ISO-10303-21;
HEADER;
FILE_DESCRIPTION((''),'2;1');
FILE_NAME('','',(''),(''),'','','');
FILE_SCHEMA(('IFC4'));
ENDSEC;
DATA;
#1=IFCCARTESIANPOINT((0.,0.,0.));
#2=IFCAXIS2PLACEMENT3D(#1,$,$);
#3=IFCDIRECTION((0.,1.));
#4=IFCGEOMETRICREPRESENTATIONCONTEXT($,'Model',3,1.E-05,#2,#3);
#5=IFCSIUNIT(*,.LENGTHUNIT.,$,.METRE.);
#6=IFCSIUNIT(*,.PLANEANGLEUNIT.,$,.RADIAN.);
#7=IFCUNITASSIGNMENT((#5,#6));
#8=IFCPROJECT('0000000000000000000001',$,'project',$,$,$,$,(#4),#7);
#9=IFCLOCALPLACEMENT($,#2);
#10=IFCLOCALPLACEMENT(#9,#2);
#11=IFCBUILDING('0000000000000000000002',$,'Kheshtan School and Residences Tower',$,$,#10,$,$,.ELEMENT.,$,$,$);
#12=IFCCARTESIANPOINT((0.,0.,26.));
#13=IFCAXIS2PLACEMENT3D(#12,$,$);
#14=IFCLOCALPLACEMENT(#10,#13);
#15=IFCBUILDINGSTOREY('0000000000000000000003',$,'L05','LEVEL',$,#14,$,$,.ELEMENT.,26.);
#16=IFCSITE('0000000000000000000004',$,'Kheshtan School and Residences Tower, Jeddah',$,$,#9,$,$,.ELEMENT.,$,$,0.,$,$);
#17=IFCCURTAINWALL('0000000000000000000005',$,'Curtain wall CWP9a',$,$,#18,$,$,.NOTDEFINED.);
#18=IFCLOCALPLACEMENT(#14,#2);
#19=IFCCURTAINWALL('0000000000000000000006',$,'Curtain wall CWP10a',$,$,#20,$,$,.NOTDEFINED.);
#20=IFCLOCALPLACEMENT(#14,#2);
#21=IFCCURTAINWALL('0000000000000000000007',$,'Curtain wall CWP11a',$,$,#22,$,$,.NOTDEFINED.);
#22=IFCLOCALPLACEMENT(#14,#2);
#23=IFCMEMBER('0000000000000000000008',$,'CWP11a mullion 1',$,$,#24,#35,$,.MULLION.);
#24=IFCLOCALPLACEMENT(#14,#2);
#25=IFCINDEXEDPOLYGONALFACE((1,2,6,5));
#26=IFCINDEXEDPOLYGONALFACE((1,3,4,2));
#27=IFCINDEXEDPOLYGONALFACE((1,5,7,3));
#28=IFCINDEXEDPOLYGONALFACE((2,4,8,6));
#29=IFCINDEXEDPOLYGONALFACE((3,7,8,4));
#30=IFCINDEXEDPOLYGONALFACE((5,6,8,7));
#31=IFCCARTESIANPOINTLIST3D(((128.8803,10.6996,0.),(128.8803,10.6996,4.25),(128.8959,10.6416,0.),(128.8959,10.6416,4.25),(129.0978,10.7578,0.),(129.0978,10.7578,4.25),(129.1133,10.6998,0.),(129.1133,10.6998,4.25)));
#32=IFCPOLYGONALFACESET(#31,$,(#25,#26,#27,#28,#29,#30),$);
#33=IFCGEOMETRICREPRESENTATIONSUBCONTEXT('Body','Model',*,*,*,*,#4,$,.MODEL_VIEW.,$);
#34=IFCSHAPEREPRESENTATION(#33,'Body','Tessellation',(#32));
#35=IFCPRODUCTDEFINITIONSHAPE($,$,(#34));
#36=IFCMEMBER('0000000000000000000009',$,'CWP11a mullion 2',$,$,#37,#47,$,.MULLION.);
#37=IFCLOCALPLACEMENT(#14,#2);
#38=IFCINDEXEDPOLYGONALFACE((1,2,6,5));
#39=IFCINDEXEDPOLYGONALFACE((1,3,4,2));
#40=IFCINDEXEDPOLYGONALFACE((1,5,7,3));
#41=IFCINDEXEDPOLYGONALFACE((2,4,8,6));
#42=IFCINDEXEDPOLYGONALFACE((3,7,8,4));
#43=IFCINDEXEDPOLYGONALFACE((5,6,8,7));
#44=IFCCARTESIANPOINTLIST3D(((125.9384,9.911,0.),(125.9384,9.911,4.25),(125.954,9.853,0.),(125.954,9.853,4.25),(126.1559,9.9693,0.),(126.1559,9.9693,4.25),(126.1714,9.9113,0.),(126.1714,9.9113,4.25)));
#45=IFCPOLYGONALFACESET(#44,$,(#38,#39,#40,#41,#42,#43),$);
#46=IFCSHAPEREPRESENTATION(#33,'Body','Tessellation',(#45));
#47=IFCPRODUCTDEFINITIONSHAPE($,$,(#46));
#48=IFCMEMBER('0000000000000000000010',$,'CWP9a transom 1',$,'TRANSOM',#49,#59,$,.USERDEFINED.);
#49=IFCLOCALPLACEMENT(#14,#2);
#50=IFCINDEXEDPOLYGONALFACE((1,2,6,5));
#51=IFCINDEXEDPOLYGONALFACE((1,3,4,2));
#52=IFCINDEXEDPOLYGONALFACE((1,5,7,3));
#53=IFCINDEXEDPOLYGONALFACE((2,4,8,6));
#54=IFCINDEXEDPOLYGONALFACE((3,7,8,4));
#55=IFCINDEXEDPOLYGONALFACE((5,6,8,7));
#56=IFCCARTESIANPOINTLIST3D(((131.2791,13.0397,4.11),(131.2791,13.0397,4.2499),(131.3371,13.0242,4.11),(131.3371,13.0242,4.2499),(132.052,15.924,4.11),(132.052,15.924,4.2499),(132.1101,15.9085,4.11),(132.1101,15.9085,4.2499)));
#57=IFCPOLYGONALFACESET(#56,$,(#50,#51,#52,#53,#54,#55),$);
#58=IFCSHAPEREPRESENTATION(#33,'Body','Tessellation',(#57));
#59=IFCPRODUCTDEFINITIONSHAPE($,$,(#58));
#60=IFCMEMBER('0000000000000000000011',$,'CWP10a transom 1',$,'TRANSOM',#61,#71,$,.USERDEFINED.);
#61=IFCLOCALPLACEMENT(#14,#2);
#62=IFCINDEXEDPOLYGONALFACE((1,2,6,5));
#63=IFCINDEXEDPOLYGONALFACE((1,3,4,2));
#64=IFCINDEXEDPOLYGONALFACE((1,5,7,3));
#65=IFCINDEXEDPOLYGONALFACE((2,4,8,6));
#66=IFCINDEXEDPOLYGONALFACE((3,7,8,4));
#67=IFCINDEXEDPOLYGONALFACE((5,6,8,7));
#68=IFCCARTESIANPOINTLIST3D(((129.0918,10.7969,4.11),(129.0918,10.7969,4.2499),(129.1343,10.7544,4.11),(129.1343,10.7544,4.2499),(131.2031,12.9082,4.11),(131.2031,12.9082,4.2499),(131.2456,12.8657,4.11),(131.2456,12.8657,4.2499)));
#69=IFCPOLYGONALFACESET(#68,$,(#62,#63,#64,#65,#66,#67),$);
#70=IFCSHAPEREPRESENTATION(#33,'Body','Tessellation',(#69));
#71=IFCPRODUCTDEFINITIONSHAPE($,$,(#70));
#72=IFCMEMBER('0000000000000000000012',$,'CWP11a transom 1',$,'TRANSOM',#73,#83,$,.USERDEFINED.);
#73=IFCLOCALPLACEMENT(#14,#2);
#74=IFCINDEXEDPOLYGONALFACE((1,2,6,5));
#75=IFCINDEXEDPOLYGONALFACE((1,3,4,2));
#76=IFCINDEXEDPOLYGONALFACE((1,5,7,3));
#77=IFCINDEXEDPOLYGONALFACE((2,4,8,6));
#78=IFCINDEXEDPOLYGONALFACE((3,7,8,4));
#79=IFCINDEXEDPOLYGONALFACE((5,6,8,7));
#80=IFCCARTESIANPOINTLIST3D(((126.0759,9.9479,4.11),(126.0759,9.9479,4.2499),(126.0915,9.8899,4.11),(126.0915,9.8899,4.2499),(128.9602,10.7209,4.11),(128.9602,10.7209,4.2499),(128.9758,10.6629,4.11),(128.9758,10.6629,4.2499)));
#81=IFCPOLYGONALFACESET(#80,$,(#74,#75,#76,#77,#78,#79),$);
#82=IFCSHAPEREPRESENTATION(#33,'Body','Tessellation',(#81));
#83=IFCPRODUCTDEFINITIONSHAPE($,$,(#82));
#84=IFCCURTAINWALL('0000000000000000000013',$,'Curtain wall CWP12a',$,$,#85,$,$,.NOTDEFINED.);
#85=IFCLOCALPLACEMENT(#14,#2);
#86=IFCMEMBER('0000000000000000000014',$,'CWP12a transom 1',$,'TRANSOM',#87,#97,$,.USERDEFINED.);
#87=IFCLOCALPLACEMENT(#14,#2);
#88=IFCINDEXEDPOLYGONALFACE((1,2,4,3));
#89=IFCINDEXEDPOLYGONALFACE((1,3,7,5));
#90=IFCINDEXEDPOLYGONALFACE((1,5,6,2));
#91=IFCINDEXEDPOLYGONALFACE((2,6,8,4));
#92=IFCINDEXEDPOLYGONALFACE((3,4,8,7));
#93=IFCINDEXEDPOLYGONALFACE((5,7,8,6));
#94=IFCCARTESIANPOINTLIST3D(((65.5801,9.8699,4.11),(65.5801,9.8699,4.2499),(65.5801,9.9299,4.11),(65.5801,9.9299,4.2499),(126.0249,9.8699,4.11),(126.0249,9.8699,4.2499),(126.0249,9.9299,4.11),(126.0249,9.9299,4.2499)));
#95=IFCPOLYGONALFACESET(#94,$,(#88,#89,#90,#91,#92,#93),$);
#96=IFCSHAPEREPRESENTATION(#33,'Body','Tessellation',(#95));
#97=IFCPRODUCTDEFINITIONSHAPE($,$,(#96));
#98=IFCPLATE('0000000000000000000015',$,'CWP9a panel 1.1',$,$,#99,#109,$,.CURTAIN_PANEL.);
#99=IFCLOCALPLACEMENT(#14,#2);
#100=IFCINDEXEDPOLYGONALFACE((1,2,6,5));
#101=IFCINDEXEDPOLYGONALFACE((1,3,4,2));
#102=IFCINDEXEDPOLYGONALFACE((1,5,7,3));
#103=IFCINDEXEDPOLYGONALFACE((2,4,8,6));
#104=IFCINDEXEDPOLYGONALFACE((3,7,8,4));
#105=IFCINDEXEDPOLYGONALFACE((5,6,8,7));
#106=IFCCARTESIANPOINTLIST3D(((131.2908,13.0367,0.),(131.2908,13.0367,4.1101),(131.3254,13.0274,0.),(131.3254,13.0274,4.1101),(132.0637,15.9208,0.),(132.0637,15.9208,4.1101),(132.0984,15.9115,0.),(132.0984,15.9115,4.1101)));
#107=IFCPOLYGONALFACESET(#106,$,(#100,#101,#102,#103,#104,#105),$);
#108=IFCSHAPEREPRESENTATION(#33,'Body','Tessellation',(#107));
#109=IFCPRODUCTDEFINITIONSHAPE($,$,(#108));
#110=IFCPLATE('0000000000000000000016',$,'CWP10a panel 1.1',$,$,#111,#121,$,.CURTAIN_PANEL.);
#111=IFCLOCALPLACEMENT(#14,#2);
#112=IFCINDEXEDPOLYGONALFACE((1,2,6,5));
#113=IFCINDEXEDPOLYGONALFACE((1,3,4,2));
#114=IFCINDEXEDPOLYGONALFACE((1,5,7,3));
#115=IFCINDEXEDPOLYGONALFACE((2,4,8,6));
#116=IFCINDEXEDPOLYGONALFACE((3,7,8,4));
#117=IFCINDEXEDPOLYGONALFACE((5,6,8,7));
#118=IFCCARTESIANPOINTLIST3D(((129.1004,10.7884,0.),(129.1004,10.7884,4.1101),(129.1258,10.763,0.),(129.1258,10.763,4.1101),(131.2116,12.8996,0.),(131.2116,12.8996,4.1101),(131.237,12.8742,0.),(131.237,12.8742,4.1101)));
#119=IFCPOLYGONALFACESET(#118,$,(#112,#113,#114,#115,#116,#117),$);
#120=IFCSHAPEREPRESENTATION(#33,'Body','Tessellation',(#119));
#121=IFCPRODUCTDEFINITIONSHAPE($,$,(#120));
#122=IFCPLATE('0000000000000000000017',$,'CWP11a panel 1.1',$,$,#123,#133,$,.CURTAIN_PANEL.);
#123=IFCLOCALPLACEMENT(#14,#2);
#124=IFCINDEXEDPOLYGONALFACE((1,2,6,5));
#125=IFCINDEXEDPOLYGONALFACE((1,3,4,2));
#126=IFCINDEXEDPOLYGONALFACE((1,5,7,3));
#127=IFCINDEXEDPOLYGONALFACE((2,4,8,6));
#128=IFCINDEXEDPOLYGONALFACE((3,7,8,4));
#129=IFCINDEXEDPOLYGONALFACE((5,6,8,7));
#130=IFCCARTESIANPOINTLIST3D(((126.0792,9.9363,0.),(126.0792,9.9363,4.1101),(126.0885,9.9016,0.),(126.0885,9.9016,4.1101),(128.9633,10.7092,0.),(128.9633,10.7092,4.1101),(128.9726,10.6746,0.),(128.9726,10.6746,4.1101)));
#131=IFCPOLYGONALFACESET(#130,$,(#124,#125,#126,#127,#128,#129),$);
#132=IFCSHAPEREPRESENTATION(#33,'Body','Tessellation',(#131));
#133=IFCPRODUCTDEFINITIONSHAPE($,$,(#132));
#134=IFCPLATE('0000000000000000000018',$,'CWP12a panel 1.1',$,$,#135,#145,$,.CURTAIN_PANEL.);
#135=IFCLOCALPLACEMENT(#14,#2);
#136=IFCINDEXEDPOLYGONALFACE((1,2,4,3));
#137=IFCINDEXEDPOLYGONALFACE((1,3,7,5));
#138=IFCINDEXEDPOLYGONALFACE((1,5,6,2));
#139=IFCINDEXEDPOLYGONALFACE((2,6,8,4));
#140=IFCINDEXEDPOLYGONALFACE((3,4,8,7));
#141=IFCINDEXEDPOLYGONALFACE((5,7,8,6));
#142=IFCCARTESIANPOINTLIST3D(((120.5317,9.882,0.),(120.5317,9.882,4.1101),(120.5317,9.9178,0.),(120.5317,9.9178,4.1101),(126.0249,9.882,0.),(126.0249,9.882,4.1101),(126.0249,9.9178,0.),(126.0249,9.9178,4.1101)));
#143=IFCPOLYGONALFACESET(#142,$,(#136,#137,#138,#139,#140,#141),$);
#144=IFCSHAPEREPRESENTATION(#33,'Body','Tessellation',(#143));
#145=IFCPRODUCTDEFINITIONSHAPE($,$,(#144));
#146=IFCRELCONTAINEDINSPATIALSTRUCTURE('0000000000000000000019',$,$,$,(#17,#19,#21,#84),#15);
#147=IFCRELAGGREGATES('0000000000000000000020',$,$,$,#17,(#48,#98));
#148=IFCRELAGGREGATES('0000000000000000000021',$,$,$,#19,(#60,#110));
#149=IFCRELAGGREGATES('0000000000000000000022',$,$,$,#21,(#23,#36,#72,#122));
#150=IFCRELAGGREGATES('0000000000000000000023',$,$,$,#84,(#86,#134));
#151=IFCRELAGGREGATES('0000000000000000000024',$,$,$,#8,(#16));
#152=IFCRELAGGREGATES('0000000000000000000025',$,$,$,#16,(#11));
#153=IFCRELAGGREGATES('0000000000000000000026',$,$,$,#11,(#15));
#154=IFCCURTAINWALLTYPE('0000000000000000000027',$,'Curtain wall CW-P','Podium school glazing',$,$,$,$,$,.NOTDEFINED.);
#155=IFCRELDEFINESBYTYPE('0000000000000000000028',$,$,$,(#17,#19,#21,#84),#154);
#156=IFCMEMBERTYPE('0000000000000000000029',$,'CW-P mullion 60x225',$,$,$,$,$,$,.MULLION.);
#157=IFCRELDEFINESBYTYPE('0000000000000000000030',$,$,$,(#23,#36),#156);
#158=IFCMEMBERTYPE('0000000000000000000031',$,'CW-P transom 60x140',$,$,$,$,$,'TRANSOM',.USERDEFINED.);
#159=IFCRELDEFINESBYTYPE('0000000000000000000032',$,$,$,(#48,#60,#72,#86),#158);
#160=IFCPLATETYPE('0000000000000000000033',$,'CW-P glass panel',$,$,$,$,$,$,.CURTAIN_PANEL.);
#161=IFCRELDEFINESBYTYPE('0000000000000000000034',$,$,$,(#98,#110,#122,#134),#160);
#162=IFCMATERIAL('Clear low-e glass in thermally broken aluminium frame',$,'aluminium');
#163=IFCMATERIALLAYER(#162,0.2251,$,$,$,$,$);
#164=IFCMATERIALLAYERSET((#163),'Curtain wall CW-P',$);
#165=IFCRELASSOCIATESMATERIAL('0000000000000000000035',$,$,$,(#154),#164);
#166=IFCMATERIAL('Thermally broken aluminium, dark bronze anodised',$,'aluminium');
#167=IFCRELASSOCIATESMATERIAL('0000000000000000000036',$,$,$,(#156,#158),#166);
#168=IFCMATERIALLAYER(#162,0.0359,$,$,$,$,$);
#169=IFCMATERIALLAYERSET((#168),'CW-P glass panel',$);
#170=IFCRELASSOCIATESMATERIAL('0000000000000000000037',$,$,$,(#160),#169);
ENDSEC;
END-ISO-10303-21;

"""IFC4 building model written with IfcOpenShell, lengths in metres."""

from ifc_helpers import new_model, si_unit, direction, frame, origin, origin_2d, place, context, subcontext, project, spatial, rectangle, extrude, material, layer, layer_set, material_profile, profile_set, type_object, element, aggregate, save


model = new_model("IFC4")

# Units and contexts
model_context = context("Model", 3, precision=1e-05, world=origin(), true_north=direction((0.0, 1.0)))
body_context = subcontext(model_context, "Body", "Model", "MODEL_VIEW")
ifc_project = project(units=[si_unit("LENGTHUNIT", "METRE"), si_unit("PLANEANGLEUNIT", "RADIAN")], contexts=[model_context])

# Site, building, storey
site_placement = place(None, origin())
site = spatial("IfcSite", under=ifc_project, at=site_placement, Name="Kheshtan School and Residences Tower, Jeddah", CompositionType="ELEMENT", RefElevation=0.0)
building_placement = place(site_placement, origin())
building = spatial("IfcBuilding", under=site, at=building_placement, Name="Kheshtan School and Residences Tower", CompositionType="ELEMENT")
storey_placement = place(building_placement, frame((0.0, 0.0, 26.0)))
storey = spatial("IfcBuildingStorey", under=building, at=storey_placement, Name="L05", Description="LEVEL", CompositionType="ELEMENT", Elevation=26.0)

# Curtain walls, members
ifc_material_1 = material(Name="Clear low-e glass in thermally broken aluminium frame", Category="aluminium")
ifc_layer_1 = layer(ifc_material_1, 0.2251)
ifc_layer_set_1 = layer_set([ifc_layer_1], Name="Curtain wall CW-P")
curtain_wall_type = type_object("IfcCurtainWallType", Name="Curtain wall CW-P", Description="Podium school glazing", PredefinedType="NOTDEFINED", material=ifc_layer_set_1)
curtain_wall_1_placement = place(storey_placement, origin())
curtain_wall_1 = element("IfcCurtainWall", 1, at=curtain_wall_1_placement, inside=storey, type_object=curtain_wall_type, Name="Curtain wall CWP9a", PredefinedType="NOTDEFINED")
ifc_material_2 = material(Name="Thermally broken aluminium, dark bronze anodised", Category="aluminium")
ifc_material_profile_1 = material_profile(ifc_material_2, rectangle(XDim=0.0601, YDim=0.2251, at=origin_2d()), Name="CW-P mullion 60x225")
ifc_profile_set_1 = profile_set([ifc_material_profile_1], Name="Thermally broken aluminium, dark bronze anodised")
member_type_1 = type_object("IfcMemberType", Name="CW-P mullion 60x225", PredefinedType="MULLION", material=ifc_profile_set_1)
curtain_wall_2_placement = place(storey_placement, origin())
curtain_wall_2 = element("IfcCurtainWall", 2, at=curtain_wall_2_placement, inside=storey, type_object=curtain_wall_type, Name="Curtain wall CWP10a", PredefinedType="NOTDEFINED")
curtain_wall_3_placement = place(storey_placement, origin())
curtain_wall_3 = element("IfcCurtainWall", 3, at=curtain_wall_3_placement, inside=storey, type_object=curtain_wall_type, Name="Curtain wall CWP11a", PredefinedType="NOTDEFINED")
member_1_placement = place(storey_placement, frame((128.9968, 10.6997, 0.0), z_axis=(0.0, 0.0, 1.0), x_axis=(0.258865, -0.965914, 0.0)))
member_1 = element("IfcMember", 4, at=member_1_placement, type_object=member_type_1, Name="CWP11a mullion 1", PredefinedType="MULLION", context=body_context, shape_type="SweptSolid", body=[
    extrude(rectangle(XDim=0.0601, YDim=0.2251, at=origin_2d()), origin(), (0.0, 0.0, 1.0), 4.25),
])
member_2_placement = place(storey_placement, frame((126.0549, 9.9111, 0.0), z_axis=(0.0, 0.0, 1.0), x_axis=(0.258865, -0.965914, 0.0)))
member_2 = element("IfcMember", 5, at=member_2_placement, type_object=member_type_1, Name="CWP11a mullion 2", PredefinedType="MULLION", context=body_context, shape_type="SweptSolid", body=[
    extrude(rectangle(XDim=0.0601, YDim=0.2251, at=origin_2d()), origin(), (0.0, 0.0, 1.0), 4.25),
])

# Members
ifc_material_profile_2 = material_profile(ifc_material_2, rectangle(XDim=0.0601, YDim=0.1399, at=origin_2d()), Name="CW-P transom 60x140")
ifc_profile_set_2 = profile_set([ifc_material_profile_2], Name="Thermally broken aluminium, dark bronze anodised")
member_type_2 = type_object("IfcMemberType", Name="CW-P transom 60x140", ElementType="TRANSOM", PredefinedType="USERDEFINED", material=ifc_profile_set_2)
member_3_placement = place(storey_placement, frame((132.0811, 15.9163, 4.1799), z_axis=(-0.258853, -0.965917, 0.0), x_axis=(0.965917, -0.258853, 0.0)))
member_3 = element("IfcMember", 6, at=member_3_placement, type_object=member_type_2, Name="CWP9a transom 1", ObjectType="TRANSOM", PredefinedType="USERDEFINED", context=body_context, shape_type="SweptSolid", body=[
    extrude(rectangle(XDim=0.0601, YDim=0.1399, at=origin_2d()), origin(), (0.0, 0.0, 1.0), 2.9861),
])
member_4_placement = place(storey_placement, frame((131.2244, 12.887, 4.1799), z_axis=(-0.707107, -0.707107, 0.0), x_axis=(0.707107, -0.707107, 0.0)))
member_4 = element("IfcMember", 7, at=member_4_placement, type_object=member_type_2, Name="CWP10a transom 1", ObjectType="TRANSOM", PredefinedType="USERDEFINED", context=body_context, shape_type="SweptSolid", body=[
    extrude(rectangle(XDim=0.0601, YDim=0.1399, at=origin_2d()), origin(), (0.0, 0.0, 1.0), 2.9858),
])
member_5_placement = place(storey_placement, frame((128.968, 10.6919, 4.1799), z_axis=(-0.965917, -0.258853, 0.0), x_axis=(0.258853, -0.965917, 0.0)))
member_5 = element("IfcMember", 8, at=member_5_placement, type_object=member_type_2, Name="CWP11a transom 1", ObjectType="TRANSOM", PredefinedType="USERDEFINED", context=body_context, shape_type="SweptSolid", body=[
    extrude(rectangle(XDim=0.0601, YDim=0.1399, at=origin_2d()), origin(), (0.0, 0.0, 1.0), 2.9861),
])

# Curtain wall, member
curtain_wall_4_placement = place(storey_placement, origin())
curtain_wall_4 = element("IfcCurtainWall", 9, at=curtain_wall_4_placement, inside=storey, type_object=curtain_wall_type, Name="Curtain wall CWP12a", PredefinedType="NOTDEFINED")
member_6_placement = place(storey_placement, frame((126.0249, 9.8999, 4.1799), z_axis=(-1.0, 0.0, 0.0), x_axis=(0.0, -1.0, 0.0)))
member_6 = element("IfcMember", 10, at=member_6_placement, type_object=member_type_2, Name="CWP12a transom 1", ObjectType="TRANSOM", PredefinedType="USERDEFINED", context=body_context, shape_type="SweptSolid", body=[
    extrude(rectangle(XDim=0.0601, YDim=0.1399, at=origin_2d()), origin(), (0.0, 0.0, 1.0), 60.4448),
])

# Plates
ifc_layer_2 = layer(ifc_material_1, 0.0359)
ifc_layer_set_2 = layer_set([ifc_layer_2], Name="CW-P glass panel")
plate_type = type_object("IfcPlateType", Name="CW-P glass panel", PredefinedType="CURTAIN_PANEL", material=ifc_layer_set_2)
plate_1_placement = place(storey_placement, frame((131.6946, 14.4741, 0.0), z_axis=(0.0, 0.0, 1.0), x_axis=(-0.258865, -0.965914, 0.0)))
plate_1 = element("IfcPlate", 11, at=plate_1_placement, type_object=plate_type, Name="CWP9a panel 1.1", PredefinedType="CURTAIN_PANEL", context=body_context, shape_type="SweptSolid", body=[
    extrude(rectangle(XDim=2.9858, YDim=0.0359, at=origin_2d()), origin(), (0.0, 0.0, 1.0), 4.1101),
])
aggregate(curtain_wall_1, [member_3, plate_1])
plate_2_placement = place(storey_placement, frame((130.1687, 11.8313, 0.0), z_axis=(0.0, 0.0, 1.0), x_axis=(-0.707107, -0.707107, 0.0)))
plate_2 = element("IfcPlate", 12, at=plate_2_placement, type_object=plate_type, Name="CWP10a panel 1.1", PredefinedType="CURTAIN_PANEL", context=body_context, shape_type="SweptSolid", body=[
    extrude(rectangle(XDim=2.9856, YDim=0.0359, at=origin_2d()), origin(), (0.0, 0.0, 1.0), 4.1101),
])
aggregate(curtain_wall_2, [member_4, plate_2])
plate_3_placement = place(storey_placement, frame((127.5259, 10.3054, 0.0), z_axis=(0.0, 0.0, 1.0), x_axis=(-0.965914, -0.258865, 0.0)))
plate_3 = element("IfcPlate", 13, at=plate_3_placement, type_object=plate_type, Name="CWP11a panel 1.1", PredefinedType="CURTAIN_PANEL", context=body_context, shape_type="SweptSolid", body=[
    extrude(rectangle(XDim=2.9858, YDim=0.0359, at=origin_2d()), origin(), (0.0, 0.0, 1.0), 4.1101),
])
aggregate(curtain_wall_3, [member_1, member_2, member_5, plate_3])
plate_4_placement = place(storey_placement, frame((123.2783, 9.8999, 0.0), z_axis=(0.0, 0.0, 1.0), x_axis=(-1.0, 0.0, 0.0)))
plate_4 = element("IfcPlate", 14, at=plate_4_placement, type_object=plate_type, Name="CWP12a panel 1.1", PredefinedType="CURTAIN_PANEL", context=body_context, shape_type="SweptSolid", body=[
    extrude(rectangle(XDim=5.4932, YDim=0.0359, at=origin_2d()), origin(), (0.0, 0.0, 1.0), 4.1101),
])
aggregate(curtain_wall_4, [member_6, plate_4])

save(model, "model.ifc")
